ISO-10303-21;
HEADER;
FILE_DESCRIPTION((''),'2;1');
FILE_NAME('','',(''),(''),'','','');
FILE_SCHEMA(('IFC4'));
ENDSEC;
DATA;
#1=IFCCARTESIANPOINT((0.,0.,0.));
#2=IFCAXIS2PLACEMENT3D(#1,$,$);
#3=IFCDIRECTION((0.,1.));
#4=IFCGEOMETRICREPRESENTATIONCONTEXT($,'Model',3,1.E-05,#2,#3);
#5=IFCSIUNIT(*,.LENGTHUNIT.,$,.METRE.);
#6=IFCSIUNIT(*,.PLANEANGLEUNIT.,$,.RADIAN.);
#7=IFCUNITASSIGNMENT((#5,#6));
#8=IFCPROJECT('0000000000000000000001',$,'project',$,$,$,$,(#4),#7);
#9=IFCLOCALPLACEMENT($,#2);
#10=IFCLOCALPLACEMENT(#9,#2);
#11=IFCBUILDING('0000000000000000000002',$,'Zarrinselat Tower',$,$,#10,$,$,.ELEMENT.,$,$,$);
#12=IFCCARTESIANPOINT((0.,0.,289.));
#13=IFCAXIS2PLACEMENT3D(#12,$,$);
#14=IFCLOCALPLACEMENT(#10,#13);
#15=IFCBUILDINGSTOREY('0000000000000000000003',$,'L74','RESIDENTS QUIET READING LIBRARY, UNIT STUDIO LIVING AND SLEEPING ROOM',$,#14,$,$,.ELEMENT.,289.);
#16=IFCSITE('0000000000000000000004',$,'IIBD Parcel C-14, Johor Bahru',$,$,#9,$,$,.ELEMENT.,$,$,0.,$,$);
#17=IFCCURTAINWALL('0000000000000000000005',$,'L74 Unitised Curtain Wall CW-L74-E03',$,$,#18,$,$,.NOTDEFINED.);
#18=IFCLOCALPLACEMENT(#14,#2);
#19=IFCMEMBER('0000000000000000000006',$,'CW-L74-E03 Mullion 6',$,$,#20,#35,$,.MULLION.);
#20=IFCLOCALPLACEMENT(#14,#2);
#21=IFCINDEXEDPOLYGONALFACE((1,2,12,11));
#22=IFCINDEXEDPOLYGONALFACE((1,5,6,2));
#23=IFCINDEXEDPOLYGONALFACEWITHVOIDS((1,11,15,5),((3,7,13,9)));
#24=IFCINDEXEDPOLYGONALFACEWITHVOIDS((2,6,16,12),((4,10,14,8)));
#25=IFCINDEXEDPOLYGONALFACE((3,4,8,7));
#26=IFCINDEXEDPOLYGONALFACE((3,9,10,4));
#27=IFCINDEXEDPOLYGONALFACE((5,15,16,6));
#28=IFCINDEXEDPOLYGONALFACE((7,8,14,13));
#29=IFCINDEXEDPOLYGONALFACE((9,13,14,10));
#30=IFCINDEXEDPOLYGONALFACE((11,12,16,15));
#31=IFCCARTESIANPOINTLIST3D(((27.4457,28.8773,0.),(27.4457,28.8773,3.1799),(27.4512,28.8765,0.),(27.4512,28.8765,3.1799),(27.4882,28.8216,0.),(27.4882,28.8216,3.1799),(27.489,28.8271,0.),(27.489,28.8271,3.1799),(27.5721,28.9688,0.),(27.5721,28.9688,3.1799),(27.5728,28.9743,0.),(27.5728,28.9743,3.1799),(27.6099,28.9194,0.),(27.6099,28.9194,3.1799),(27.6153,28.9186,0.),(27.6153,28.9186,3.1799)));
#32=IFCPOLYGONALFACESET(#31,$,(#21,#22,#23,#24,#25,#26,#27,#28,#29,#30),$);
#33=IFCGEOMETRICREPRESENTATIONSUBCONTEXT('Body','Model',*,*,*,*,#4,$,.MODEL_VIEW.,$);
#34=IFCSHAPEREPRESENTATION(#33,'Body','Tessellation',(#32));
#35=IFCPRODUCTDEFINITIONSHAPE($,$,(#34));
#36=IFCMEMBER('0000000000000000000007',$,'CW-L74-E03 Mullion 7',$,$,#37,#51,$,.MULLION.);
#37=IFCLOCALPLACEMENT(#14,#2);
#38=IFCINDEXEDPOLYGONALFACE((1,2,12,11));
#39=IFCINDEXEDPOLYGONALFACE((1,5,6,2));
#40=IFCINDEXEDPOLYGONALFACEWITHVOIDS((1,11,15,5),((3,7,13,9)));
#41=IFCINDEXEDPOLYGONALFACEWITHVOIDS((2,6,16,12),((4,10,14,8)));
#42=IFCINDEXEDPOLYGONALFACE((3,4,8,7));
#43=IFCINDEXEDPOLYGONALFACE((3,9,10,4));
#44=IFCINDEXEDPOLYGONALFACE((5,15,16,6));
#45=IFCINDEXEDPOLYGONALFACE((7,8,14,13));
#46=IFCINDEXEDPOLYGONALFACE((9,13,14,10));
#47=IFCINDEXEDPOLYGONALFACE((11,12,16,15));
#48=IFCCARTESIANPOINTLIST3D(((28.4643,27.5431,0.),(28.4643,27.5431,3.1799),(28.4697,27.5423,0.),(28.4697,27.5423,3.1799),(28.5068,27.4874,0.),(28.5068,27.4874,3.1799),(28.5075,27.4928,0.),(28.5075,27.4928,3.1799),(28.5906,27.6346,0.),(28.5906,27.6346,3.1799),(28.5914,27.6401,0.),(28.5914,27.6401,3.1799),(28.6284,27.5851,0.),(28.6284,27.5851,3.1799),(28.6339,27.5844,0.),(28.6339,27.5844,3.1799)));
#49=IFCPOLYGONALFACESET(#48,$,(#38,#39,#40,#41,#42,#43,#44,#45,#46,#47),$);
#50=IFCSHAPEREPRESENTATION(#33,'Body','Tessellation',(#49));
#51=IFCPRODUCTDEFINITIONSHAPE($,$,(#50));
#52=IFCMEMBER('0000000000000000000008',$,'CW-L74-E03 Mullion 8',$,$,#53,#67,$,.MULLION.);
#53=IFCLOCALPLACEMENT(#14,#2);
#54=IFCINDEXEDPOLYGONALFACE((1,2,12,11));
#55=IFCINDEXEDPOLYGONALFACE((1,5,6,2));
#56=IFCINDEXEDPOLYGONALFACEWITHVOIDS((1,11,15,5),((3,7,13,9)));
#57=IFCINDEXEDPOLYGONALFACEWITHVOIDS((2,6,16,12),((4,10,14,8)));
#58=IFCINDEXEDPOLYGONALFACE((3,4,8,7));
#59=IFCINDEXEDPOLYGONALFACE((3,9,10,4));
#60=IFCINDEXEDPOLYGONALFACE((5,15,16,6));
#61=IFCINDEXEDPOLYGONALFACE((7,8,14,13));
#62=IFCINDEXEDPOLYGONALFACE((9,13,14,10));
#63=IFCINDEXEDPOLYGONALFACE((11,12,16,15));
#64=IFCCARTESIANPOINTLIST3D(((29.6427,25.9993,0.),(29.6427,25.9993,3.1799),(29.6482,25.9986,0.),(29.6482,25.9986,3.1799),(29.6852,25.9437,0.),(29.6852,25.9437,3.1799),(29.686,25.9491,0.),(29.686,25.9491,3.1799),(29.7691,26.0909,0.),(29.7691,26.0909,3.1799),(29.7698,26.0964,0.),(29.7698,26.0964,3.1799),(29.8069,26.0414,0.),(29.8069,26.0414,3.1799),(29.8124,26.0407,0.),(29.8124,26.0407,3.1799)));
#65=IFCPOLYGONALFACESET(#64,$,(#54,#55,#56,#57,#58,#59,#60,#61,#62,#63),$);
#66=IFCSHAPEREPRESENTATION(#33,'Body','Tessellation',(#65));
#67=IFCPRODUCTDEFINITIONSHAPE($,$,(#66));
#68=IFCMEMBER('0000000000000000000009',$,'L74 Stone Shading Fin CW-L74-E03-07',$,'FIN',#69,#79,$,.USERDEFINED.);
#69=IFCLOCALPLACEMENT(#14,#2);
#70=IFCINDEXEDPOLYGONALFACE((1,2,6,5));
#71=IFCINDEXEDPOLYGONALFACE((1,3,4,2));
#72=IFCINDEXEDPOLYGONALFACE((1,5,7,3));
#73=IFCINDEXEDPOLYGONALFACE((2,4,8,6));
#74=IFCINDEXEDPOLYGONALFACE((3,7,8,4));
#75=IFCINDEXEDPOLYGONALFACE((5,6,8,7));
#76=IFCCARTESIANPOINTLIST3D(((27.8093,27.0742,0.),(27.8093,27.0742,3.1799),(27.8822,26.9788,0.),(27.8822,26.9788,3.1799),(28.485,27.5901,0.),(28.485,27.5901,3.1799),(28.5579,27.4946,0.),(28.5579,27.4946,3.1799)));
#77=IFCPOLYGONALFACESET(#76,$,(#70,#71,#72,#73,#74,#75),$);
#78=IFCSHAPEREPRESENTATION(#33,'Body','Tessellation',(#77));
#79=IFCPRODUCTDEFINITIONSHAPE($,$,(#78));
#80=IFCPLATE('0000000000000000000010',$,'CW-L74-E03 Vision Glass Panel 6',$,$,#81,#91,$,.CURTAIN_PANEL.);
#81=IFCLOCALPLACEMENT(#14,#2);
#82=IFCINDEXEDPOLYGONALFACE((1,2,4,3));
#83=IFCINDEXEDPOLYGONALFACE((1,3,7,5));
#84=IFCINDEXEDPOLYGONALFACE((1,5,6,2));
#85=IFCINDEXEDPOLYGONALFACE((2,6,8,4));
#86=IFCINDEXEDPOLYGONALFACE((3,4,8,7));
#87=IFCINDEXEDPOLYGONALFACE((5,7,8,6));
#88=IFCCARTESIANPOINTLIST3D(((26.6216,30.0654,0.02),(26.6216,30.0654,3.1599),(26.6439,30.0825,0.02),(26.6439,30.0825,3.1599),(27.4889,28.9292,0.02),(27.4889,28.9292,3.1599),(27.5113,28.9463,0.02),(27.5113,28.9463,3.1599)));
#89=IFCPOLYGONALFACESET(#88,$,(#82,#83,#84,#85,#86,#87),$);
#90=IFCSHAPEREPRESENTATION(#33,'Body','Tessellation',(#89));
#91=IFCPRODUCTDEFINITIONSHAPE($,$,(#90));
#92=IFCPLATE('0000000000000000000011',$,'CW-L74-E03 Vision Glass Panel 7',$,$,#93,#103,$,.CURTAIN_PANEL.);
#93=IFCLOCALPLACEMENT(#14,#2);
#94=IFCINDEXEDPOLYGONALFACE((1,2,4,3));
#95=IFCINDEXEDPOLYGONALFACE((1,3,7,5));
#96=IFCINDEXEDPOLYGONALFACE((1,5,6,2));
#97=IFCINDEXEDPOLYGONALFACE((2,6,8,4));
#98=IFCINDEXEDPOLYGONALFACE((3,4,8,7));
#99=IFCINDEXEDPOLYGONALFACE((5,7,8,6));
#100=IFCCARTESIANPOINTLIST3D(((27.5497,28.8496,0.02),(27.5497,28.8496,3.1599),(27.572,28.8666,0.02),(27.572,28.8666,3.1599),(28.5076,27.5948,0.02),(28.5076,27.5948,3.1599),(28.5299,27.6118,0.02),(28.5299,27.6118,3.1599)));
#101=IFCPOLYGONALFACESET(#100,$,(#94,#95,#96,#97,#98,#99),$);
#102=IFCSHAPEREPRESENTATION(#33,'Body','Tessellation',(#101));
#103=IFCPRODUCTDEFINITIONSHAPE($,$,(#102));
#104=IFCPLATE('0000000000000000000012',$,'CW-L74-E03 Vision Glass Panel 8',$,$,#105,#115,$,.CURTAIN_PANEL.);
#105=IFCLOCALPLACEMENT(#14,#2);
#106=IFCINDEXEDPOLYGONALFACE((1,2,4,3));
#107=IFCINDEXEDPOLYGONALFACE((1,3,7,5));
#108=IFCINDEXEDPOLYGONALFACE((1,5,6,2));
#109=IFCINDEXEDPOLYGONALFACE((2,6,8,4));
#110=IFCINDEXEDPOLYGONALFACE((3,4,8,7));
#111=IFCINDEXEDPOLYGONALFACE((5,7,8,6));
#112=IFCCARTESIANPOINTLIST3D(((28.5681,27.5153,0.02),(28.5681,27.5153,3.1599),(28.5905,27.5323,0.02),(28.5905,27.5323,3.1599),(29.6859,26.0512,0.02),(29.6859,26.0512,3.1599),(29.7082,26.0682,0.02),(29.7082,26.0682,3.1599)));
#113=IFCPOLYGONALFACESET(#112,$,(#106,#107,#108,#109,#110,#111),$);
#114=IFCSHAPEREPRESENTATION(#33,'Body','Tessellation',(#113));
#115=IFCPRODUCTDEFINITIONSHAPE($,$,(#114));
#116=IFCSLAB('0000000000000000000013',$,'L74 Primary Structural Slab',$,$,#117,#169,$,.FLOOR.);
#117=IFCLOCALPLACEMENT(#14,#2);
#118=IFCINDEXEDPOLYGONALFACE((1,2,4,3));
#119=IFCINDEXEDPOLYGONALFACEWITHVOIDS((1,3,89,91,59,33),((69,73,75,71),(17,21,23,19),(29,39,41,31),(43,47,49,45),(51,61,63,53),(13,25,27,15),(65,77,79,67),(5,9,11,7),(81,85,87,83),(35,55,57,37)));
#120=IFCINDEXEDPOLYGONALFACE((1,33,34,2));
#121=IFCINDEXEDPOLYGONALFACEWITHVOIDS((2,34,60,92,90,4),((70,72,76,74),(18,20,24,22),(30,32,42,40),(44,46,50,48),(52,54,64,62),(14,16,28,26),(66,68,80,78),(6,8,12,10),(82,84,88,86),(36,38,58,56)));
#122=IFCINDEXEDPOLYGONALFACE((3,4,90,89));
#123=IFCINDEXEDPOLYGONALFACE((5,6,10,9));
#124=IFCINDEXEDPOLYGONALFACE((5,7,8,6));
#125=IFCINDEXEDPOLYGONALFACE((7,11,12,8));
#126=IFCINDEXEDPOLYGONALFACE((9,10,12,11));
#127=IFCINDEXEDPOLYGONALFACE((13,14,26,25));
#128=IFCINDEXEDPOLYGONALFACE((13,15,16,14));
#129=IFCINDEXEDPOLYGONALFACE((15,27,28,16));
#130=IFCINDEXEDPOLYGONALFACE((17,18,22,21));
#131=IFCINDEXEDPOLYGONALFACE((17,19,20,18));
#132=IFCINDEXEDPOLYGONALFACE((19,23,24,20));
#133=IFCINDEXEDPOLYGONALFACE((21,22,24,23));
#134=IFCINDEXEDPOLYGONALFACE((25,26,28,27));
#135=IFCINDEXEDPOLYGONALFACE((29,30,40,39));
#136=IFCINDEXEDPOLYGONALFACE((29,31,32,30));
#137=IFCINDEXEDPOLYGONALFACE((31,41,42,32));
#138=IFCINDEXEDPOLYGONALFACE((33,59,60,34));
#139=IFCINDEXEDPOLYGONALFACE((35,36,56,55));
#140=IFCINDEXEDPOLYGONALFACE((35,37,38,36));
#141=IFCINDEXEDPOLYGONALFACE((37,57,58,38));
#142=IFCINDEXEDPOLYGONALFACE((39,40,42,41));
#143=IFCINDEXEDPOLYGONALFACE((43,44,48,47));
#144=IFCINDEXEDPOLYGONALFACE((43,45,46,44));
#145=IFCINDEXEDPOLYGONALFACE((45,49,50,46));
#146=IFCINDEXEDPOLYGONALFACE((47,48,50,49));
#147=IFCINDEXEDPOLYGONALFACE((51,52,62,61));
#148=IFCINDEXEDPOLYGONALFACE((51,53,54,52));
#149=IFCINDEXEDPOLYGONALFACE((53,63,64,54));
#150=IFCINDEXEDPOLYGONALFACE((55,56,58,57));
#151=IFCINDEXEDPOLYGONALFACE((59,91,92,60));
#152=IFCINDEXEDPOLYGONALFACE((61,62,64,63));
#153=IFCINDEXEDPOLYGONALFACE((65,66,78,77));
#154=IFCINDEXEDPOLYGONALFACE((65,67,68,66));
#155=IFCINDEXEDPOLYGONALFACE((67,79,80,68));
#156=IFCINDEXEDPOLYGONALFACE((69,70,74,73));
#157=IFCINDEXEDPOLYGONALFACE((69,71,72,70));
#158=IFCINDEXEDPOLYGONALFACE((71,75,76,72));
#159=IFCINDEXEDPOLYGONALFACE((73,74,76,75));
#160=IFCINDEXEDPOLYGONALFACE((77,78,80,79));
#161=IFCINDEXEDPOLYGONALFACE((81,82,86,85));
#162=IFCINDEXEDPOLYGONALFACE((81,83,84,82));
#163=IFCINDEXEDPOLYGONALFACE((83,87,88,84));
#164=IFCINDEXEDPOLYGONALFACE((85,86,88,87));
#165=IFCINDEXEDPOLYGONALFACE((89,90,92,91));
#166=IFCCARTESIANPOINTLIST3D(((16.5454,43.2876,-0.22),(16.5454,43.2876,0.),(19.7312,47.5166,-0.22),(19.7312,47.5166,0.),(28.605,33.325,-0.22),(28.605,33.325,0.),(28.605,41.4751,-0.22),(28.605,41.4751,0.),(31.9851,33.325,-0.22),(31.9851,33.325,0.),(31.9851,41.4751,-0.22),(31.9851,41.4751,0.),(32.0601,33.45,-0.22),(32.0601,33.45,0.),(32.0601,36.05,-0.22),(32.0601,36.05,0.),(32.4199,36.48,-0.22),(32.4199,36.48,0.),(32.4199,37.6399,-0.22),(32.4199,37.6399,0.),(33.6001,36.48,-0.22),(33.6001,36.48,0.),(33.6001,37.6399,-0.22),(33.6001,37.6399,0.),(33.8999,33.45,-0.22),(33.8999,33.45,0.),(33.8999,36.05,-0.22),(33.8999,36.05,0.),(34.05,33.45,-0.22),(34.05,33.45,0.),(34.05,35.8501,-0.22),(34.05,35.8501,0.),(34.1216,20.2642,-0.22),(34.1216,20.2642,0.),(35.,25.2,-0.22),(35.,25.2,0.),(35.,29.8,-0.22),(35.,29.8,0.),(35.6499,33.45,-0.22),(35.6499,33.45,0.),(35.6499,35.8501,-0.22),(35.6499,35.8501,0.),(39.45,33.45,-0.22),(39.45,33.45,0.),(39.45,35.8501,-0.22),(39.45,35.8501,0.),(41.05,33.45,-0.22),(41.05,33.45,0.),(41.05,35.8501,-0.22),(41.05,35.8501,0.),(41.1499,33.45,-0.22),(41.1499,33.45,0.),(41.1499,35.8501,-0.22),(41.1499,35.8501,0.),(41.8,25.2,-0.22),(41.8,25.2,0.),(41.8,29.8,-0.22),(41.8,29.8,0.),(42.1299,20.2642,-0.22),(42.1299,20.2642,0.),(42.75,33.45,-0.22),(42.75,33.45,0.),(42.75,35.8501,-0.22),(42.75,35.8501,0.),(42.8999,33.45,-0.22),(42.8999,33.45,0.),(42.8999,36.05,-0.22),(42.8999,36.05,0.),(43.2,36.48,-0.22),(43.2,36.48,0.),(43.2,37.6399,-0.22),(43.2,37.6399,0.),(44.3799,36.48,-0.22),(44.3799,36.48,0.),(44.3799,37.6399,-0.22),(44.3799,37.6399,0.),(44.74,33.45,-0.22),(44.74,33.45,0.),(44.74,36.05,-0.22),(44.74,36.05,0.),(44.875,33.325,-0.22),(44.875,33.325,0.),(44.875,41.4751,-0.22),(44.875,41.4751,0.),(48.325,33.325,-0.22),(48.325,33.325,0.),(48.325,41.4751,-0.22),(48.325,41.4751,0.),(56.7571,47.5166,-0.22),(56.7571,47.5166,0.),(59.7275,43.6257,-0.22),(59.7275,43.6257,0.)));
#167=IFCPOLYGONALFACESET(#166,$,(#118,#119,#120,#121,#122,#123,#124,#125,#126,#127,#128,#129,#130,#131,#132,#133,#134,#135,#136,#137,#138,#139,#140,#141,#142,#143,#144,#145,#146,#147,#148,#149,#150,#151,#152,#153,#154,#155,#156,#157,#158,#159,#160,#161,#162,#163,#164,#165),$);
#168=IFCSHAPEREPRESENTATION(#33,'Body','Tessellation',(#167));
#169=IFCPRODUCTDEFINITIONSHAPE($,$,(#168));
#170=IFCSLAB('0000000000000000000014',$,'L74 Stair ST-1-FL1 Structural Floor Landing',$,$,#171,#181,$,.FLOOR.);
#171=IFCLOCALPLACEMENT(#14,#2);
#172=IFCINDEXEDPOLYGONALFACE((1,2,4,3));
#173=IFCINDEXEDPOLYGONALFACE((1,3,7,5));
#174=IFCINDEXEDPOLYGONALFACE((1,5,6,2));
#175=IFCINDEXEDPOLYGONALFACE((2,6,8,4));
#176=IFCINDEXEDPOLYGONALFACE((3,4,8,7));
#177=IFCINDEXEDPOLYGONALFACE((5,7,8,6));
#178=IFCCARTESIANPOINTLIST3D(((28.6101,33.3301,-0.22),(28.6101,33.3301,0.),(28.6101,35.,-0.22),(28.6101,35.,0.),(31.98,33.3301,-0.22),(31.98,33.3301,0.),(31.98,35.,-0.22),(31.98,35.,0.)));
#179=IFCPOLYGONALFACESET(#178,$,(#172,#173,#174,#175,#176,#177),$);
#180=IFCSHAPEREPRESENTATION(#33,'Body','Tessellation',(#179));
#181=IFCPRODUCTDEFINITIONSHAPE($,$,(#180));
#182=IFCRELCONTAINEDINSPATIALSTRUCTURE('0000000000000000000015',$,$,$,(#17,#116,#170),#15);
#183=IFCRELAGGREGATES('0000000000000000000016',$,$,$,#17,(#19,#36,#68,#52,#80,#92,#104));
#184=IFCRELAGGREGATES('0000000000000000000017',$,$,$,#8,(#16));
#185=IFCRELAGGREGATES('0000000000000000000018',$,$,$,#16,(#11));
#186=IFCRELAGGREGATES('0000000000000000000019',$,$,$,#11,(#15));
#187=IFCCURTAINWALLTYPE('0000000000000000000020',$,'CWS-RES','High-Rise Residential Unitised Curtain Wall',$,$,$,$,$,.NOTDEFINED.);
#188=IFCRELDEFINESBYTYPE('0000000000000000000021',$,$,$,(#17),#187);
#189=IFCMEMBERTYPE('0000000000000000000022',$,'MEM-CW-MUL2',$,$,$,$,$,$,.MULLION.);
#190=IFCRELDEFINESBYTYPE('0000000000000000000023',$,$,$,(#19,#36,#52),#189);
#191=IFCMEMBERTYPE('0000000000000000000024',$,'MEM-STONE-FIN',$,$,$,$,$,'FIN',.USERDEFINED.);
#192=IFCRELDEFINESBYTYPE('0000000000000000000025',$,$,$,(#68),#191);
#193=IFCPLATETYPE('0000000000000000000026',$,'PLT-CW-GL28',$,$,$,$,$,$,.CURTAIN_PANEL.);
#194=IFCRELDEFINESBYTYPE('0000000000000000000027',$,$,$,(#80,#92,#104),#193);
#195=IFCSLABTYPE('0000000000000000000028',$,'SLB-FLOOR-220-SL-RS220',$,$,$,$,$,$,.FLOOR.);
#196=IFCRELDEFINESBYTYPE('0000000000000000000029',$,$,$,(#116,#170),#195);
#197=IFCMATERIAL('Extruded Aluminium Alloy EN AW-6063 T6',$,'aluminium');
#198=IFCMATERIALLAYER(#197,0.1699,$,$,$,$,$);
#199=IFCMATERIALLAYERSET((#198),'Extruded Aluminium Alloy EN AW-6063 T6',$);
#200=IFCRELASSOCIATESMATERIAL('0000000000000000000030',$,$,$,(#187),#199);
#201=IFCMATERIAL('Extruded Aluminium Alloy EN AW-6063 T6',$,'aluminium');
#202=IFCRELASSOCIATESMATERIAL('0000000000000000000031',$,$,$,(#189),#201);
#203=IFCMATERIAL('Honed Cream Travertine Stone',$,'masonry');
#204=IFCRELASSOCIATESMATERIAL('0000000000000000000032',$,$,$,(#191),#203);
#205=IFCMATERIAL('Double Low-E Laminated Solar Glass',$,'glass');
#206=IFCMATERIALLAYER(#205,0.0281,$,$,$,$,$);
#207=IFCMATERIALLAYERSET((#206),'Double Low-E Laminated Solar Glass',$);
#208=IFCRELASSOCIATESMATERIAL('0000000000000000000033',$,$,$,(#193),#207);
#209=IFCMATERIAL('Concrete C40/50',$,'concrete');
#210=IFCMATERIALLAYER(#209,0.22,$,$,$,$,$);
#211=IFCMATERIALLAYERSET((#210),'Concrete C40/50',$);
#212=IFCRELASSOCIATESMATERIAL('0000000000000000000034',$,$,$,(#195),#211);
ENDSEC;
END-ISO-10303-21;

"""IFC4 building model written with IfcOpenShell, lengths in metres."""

from ifc_helpers import new_model, si_unit, direction, frame, origin, origin_2d, place, context, subcontext, project, spatial, polyline, rectangle, hollow_rectangle, outline, extrude, material, layer, layer_set, material_profile, profile_set, type_object, element, aggregate, save


model = new_model("IFC4")

# Units and contexts
model_context = context("Model", 3, precision=1e-05, world=origin(), true_north=direction((0.0, 1.0)))
body_context = subcontext(model_context, "Body", "Model", "MODEL_VIEW")
ifc_project = project(units=[si_unit("LENGTHUNIT", "METRE"), si_unit("PLANEANGLEUNIT", "RADIAN")], contexts=[model_context])

# Site, building, storey
site_placement = place(None, origin())
site = spatial("IfcSite", under=ifc_project, at=site_placement, Name="IIBD Parcel C-14, Johor Bahru", CompositionType="ELEMENT", RefElevation=0.0)
building_placement = place(site_placement, origin())
building = spatial("IfcBuilding", under=site, at=building_placement, Name="Zarrinselat Tower", CompositionType="ELEMENT")
storey_placement = place(building_placement, frame((0.0, 0.0, 289.0)))
storey = spatial("IfcBuildingStorey", under=building, at=storey_placement, Name="L74", Description="RESIDENTS QUIET READING LIBRARY, UNIT STUDIO LIVING AND SLEEPING ROOM", CompositionType="ELEMENT", Elevation=289.0)

# Curtain wall, members, plates
ifc_material_1 = material(Name="Extruded Aluminium Alloy EN AW-6063 T6", Category="aluminium")
ifc_layer_1 = layer(ifc_material_1, 0.1699)
ifc_layer_set_1 = layer_set([ifc_layer_1], Name="Extruded Aluminium Alloy EN AW-6063 T6")
curtain_wall_type = type_object("IfcCurtainWallType", Name="CWS-RES", Description="High-Rise Residential Unitised Curtain Wall", PredefinedType="NOTDEFINED", material=ifc_layer_set_1)
curtain_wall_placement = place(storey_placement, origin())
curtain_wall = element("IfcCurtainWall", 1, at=curtain_wall_placement, inside=storey, type_object=curtain_wall_type, Name="L74 Unitised Curtain Wall CW-L74-E03", PredefinedType="NOTDEFINED")
ifc_material_2 = material(Name="Extruded Aluminium Alloy EN AW-6063 T6", Category="aluminium")
ifc_material_profile_1 = material_profile(ifc_material_2, hollow_rectangle(XDim=0.0701, YDim=0.1599, WallThickness=0.0039, at=origin_2d()), Name="RHS 160x70x4")
ifc_profile_set_1 = profile_set([ifc_material_profile_1], Name="Extruded Aluminium Alloy EN AW-6063 T6")
member_type_1 = type_object("IfcMemberType", Name="MEM-CW-MUL2", PredefinedType="MULLION", material=ifc_profile_set_1)
member_1_placement = place(storey_placement, frame((27.5305, 28.8979, 0.0), z_axis=(0.0, 0.0, 1.0), x_axis=(0.606802, -0.794853, 0.0)))
member_1 = element("IfcMember", 2, at=member_1_placement, type_object=member_type_1, Name="CW-L74-E03 Mullion 6", PredefinedType="MULLION", context=body_context, shape_type="SweptSolid", body=[
    extrude(hollow_rectangle(XDim=0.0701, YDim=0.1599, WallThickness=0.0039, at=origin_2d()), origin(), (0.0, 0.0, 1.0), 3.1799),
])
member_2_placement = place(storey_placement, frame((28.5491, 27.5637, 0.0), z_axis=(0.0, 0.0, 1.0), x_axis=(0.606802, -0.794853, 0.0)))
member_2 = element("IfcMember", 3, at=member_2_placement, type_object=member_type_1, Name="CW-L74-E03 Mullion 7", PredefinedType="MULLION", context=body_context, shape_type="SweptSolid", body=[
    extrude(hollow_rectangle(XDim=0.0701, YDim=0.1599, WallThickness=0.0039, at=origin_2d()), origin(), (0.0, 0.0, 1.0), 3.1799),
])
member_3_placement = place(storey_placement, frame((29.7275, 26.02, 0.0), z_axis=(0.0, 0.0, 1.0), x_axis=(0.606802, -0.794853, 0.0)))
member_3 = element("IfcMember", 4, at=member_3_placement, type_object=member_type_1, Name="CW-L74-E03 Mullion 8", PredefinedType="MULLION", context=body_context, shape_type="SweptSolid", body=[
    extrude(hollow_rectangle(XDim=0.0701, YDim=0.1599, WallThickness=0.0039, at=origin_2d()), origin(), (0.0, 0.0, 1.0), 3.1799),
])
ifc_material_3 = material(Name="Honed Cream Travertine Stone", Category="masonry")
ifc_material_profile_2 = material_profile(ifc_material_3, rectangle(XDim=0.1201, YDim=0.8501, at=origin_2d()), Name="FIN 850x120")
ifc_profile_set_2 = profile_set([ifc_material_profile_2], Name="Honed Cream Travertine Stone")
member_type_2 = type_object("IfcMemberType", Name="MEM-STONE-FIN", ElementType="FIN", PredefinedType="USERDEFINED", material=ifc_profile_set_2)
member_4_placement = place(storey_placement, frame((28.1836, 27.2844, 0.0), z_axis=(0.0, 0.0, 1.0), x_axis=(-0.606802, 0.794853, 0.0)))
member_4 = element("IfcMember", 5, at=member_4_placement, type_object=member_type_2, Name="L74 Stone Shading Fin CW-L74-E03-07", ObjectType="FIN", PredefinedType="USERDEFINED", context=body_context, shape_type="SweptSolid", body=[
    extrude(rectangle(XDim=0.1201, YDim=0.8501, at=origin_2d()), origin(), (0.0, 0.0, 1.0), 3.1799),
])
ifc_material_4 = material(Name="Double Low-E Laminated Solar Glass", Category="glass")
ifc_layer_2 = layer(ifc_material_4, 0.0281)
ifc_layer_set_2 = layer_set([ifc_layer_2], Name="Double Low-E Laminated Solar Glass")
plate_type = type_object("IfcPlateType", Name="PLT-CW-GL28", PredefinedType="CURTAIN_PANEL", material=ifc_layer_set_2)
plate_1_placement = place(storey_placement, frame((27.0664, 29.5059, 0.02), z_axis=(0.0, 0.0, 1.0), x_axis=(0.606802, -0.794853, 0.0)))
plate_1 = element("IfcPlate", 6, at=plate_1_placement, type_object=plate_type, Name="CW-L74-E03 Vision Glass Panel 6", PredefinedType="CURTAIN_PANEL", context=body_context, shape_type="SweptSolid", body=[
    extrude(rectangle(XDim=1.4294, YDim=0.0281, at=origin_2d()), origin(), (0.0, 0.0, 1.0), 3.1399),
])
plate_2_placement = place(storey_placement, frame((28.0398, 28.2307, 0.02), z_axis=(0.0, 0.0, 1.0), x_axis=(0.606802, -0.794853, 0.0)))
plate_2 = element("IfcPlate", 7, at=plate_2_placement, type_object=plate_type, Name="CW-L74-E03 Vision Glass Panel 7", PredefinedType="CURTAIN_PANEL", context=body_context, shape_type="SweptSolid", body=[
    extrude(rectangle(XDim=1.5786, YDim=0.0281, at=origin_2d()), origin(), (0.0, 0.0, 1.0), 3.1399),
])
plate_3_placement = place(storey_placement, frame((29.1382, 26.7917, 0.02), z_axis=(0.0, 0.0, 1.0), x_axis=(0.606802, -0.794853, 0.0)))
plate_3 = element("IfcPlate", 8, at=plate_3_placement, type_object=plate_type, Name="CW-L74-E03 Vision Glass Panel 8", PredefinedType="CURTAIN_PANEL", context=body_context, shape_type="SweptSolid", body=[
    extrude(rectangle(XDim=1.842, YDim=0.0281, at=origin_2d()), origin(), (0.0, 0.0, 1.0), 3.1399),
])
aggregate(curtain_wall, [member_1, member_2, member_4, member_3, plate_1, plate_2, plate_3])

# Slabs
ifc_material_5 = material(Name="Concrete C40/50", Category="concrete")
ifc_layer_3 = layer(ifc_material_5, 0.22)
ifc_layer_set_3 = layer_set([ifc_layer_3], Name="Concrete C40/50")
slab_type_1 = type_object("IfcSlabType", Name="SLB-FLOOR-220-SL-RS220", PredefinedType="FLOOR", material=ifc_layer_set_3)
slab_1_placement = place(storey_placement, frame((0.0, 0.0, -0.22)))
element("IfcSlab", 9, at=slab_1_placement, inside=storey, type_object=slab_type_1, Name="L74 Primary Structural Slab", PredefinedType="FLOOR", context=body_context, shape_type="SweptSolid", body=[
    extrude(outline(polyline([(56.7571, 47.5166), (19.7312, 47.5166), (16.5454, 43.2876), (34.1216, 20.2642), (42.1299, 20.2642), (59.7275, 43.6257), (56.7571, 47.5166)]), holes=[polyline([(41.8, 25.2), (35.0, 25.2), (35.0, 29.8), (41.8, 29.8), (41.8, 25.2)]), polyline([(35.6499, 33.45), (34.05, 33.45), (34.05, 35.8501), (35.6499, 35.8501), (35.6499, 33.45)]), polyline([(41.05, 33.45), (39.45, 33.45), (39.45, 35.8501), (41.05, 35.8501), (41.05, 33.45)]), polyline([(41.1499, 33.45), (41.1499, 35.8501), (42.75, 35.8501), (42.75, 33.45), (41.1499, 33.45)]), polyline([(32.0601, 33.45), (32.0601, 36.05), (33.8999, 36.05), (33.8999, 33.45), (32.0601, 33.45)]), polyline([(44.74, 33.45), (42.8999, 33.45), (42.8999, 36.05), (44.74, 36.05), (44.74, 33.45)]), polyline([(33.6001, 36.48), (32.4199, 36.48), (32.4199, 37.6399), (33.6001, 37.6399), (33.6001, 36.48)]), polyline([(44.3799, 36.48), (43.2, 36.48), (43.2, 37.6399), (44.3799, 37.6399), (44.3799, 36.48)]), polyline([(31.9851, 33.325), (28.605, 33.325), (28.605, 41.4751), (31.9851, 41.4751), (31.9851, 33.325)]), polyline([(48.325, 33.325), (44.875, 33.325), (44.875, 41.4751), (48.325, 41.4751), (48.325, 33.325)])]), origin(), (0.0, 0.0, 1.0), 0.22),
])
slab_2_placement = place(storey_placement, frame((0.0, 0.0, -0.22)))
element("IfcSlab", 10, at=slab_2_placement, inside=storey, type_object=slab_type_1, Name="L74 Stair ST-1-FL1 Structural Floor Landing", PredefinedType="FLOOR", context=body_context, shape_type="SweptSolid", body=[
    extrude(outline(polyline([(31.98, 33.3301), (31.98, 35.0), (28.6101, 35.0), (28.6101, 33.3301), (31.98, 33.3301)])), origin(), (0.0, 0.0, 1.0), 0.22),
])

save(model, "model.ifc")
